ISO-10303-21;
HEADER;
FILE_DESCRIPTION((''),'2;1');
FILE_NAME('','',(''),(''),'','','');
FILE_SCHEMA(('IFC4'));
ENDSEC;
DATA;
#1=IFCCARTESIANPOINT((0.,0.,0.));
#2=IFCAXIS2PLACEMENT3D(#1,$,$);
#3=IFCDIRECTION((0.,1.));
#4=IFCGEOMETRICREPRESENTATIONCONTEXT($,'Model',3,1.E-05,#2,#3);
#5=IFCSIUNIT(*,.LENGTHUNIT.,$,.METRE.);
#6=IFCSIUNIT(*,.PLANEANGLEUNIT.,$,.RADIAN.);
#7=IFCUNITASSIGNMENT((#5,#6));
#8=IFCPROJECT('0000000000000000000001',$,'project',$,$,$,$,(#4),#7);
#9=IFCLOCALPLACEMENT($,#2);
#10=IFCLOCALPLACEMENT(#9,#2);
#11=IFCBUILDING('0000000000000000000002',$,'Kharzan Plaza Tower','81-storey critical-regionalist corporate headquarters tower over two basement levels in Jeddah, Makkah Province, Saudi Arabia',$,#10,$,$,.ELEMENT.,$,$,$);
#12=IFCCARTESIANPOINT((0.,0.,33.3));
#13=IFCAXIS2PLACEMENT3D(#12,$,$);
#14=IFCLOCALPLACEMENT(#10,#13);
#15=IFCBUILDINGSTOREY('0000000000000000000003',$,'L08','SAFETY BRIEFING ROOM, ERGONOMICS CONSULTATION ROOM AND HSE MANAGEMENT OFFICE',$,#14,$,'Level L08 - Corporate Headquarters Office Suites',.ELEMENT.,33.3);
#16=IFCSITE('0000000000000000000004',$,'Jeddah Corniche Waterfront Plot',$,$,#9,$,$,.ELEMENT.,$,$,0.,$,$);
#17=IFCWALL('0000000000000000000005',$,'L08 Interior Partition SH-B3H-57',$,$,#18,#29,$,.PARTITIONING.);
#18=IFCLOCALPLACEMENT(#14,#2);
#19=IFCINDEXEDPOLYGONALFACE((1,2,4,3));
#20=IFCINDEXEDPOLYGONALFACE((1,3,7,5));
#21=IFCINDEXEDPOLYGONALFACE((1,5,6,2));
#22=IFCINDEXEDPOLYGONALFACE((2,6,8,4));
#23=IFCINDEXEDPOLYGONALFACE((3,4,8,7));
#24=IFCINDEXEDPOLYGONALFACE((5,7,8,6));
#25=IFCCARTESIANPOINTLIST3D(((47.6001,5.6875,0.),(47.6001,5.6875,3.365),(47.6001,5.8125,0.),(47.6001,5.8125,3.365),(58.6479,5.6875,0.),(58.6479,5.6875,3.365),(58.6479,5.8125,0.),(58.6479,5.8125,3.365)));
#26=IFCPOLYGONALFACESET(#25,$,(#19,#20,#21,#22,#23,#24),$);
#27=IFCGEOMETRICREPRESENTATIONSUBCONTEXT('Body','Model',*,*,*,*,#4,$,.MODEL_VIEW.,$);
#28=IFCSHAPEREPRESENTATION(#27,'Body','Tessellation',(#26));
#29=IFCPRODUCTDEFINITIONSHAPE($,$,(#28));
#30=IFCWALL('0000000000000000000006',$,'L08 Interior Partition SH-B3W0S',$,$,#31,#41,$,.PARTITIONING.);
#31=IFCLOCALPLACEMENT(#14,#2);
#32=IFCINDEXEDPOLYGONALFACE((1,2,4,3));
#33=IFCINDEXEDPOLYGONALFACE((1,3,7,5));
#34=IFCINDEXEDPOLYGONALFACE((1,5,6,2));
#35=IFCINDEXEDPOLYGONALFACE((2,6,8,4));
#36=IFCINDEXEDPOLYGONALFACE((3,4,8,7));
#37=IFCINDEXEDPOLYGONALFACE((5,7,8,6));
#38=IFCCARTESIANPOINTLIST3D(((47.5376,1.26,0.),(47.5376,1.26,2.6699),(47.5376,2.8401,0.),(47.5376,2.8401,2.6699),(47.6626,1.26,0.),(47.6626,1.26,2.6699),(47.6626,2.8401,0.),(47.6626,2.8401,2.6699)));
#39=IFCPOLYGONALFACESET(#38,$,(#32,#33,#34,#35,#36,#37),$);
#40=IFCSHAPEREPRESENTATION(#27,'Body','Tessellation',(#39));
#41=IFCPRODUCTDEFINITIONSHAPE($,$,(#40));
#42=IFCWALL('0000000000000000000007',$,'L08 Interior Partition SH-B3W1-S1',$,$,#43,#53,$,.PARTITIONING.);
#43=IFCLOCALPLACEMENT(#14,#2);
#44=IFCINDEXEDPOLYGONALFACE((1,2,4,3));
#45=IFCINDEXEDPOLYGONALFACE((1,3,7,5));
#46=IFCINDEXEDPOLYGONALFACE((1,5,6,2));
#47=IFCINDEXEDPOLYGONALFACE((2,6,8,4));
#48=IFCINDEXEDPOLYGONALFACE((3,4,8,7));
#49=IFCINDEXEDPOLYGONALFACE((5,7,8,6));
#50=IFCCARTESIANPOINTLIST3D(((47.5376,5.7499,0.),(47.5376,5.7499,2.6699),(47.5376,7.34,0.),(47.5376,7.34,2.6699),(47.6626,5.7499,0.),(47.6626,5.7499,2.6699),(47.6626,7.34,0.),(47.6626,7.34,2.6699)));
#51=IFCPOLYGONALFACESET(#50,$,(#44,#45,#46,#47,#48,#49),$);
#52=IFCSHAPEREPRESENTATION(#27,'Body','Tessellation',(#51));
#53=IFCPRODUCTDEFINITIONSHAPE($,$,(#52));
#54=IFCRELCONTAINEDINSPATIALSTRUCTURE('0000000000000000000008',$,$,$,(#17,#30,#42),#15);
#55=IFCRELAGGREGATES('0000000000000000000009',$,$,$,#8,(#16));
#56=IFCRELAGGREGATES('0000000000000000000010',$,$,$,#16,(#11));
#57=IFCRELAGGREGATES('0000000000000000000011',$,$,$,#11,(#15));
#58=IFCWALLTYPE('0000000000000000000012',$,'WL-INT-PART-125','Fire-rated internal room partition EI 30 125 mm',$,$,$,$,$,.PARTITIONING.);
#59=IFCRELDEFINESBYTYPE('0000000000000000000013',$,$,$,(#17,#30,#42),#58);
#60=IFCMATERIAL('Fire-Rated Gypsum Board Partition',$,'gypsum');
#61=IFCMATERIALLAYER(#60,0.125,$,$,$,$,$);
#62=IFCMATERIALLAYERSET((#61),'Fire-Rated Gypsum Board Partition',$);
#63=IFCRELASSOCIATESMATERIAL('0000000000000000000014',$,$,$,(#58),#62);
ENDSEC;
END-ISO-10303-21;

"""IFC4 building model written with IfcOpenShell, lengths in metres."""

from ifc_helpers import new_model, si_unit, direction, frame, frame_2d, origin, place, context, subcontext, project, spatial, rectangle, extrude, source, transform, mapped, material, layer, layer_set, type_object, element, save


model = new_model("IFC4")

# Units and contexts
model_context = context("Model", 3, precision=1e-05, world=origin(), true_north=direction((0.0, 1.0)))
body_context = subcontext(model_context, "Body", "Model", "MODEL_VIEW")
ifc_project = project(units=[si_unit("LENGTHUNIT", "METRE"), si_unit("PLANEANGLEUNIT", "RADIAN")], contexts=[model_context])

# Site, building, storey
site_placement = place(None, origin())
site = spatial("IfcSite", under=ifc_project, at=site_placement, Name="Jeddah Corniche Waterfront Plot", CompositionType="ELEMENT", RefElevation=0.0)
building_placement = place(site_placement, origin())
building = spatial("IfcBuilding", under=site, at=building_placement, Name="Kharzan Plaza Tower", Description="81-storey critical-regionalist corporate headquarters tower over two basement levels in Jeddah, Makkah Province, Saudi Arabia", CompositionType="ELEMENT")
storey_placement = place(building_placement, frame((0.0, 0.0, 33.3)))
storey = spatial("IfcBuildingStorey", under=building, at=storey_placement, Name="L08", Description="SAFETY BRIEFING ROOM, ERGONOMICS CONSULTATION ROOM AND HSE MANAGEMENT OFFICE", LongName="Level L08 - Corporate Headquarters Office Suites", CompositionType="ELEMENT", Elevation=33.3)

# Shared definitions
ifc_material_1 = material(Name="Fire-Rated Gypsum Board Partition", Category="gypsum")
ifc_layer_1 = layer(ifc_material_1, 0.125)
ifc_layer_set_1 = layer_set([ifc_layer_1], Name="Fire-Rated Gypsum Board Partition")
wall_type_1 = type_object("IfcWallType", Name="WL-INT-PART-125", Description="Fire-rated internal room partition EI 30 125 mm", PredefinedType="PARTITIONING", material=ifc_layer_set_1)

# Walls
shared_shape_1 = source(origin(), body_context, "Body", "SweptSolid", [
    extrude(rectangle(XDim=11.0479, YDim=0.125, at=frame_2d((5.5239, 0.0))), origin(), (0.0, 0.0, 1.0), 3.365),
])
wall_1_placement = place(storey_placement, frame((47.6001, 5.75, 0.0), z_axis=(0.0, 0.0, 1.0), x_axis=(1.0, 0.0, 0.0)))
element("IfcWall", 1, at=wall_1_placement, inside=storey, type_object=wall_type_1, Name="L08 Interior Partition SH-B3H-57", PredefinedType="PARTITIONING", context=body_context, shape_type="MappedRepresentation", body=[
    mapped(shared_shape_1, transform((0.0, 0.0, 0.0), x_axis=(1.0, 0.0, 0.0), y_axis=(0.0, 1.0, 0.0), z_axis=(0.0, 0.0, 1.0))),
])
shared_shape_2 = source(origin(), body_context, "Body", "SweptSolid", [
    extrude(rectangle(XDim=1.5801, YDim=0.125, at=frame_2d((0.79, 0.0))), origin(), (0.0, 0.0, 1.0), 2.6699),
])
wall_2_placement = place(storey_placement, frame((47.6001, 1.26, 0.0), z_axis=(0.0, 0.0, 1.0), x_axis=(0.0, 1.0, 0.0)))
element("IfcWall", 2, at=wall_2_placement, inside=storey, type_object=wall_type_1, Name="L08 Interior Partition SH-B3W0S", PredefinedType="PARTITIONING", context=body_context, shape_type="MappedRepresentation", body=[
    mapped(shared_shape_2, transform((0.0, 0.0, 0.0), x_axis=(1.0, 0.0, 0.0), y_axis=(0.0, 1.0, 0.0), z_axis=(0.0, 0.0, 1.0))),
])
shared_shape_3 = source(origin(), body_context, "Body", "SweptSolid", [
    extrude(rectangle(XDim=1.5901, YDim=0.125, at=frame_2d((0.7949, 0.0))), origin(), (0.0, 0.0, 1.0), 2.6699),
])
wall_3_placement = place(storey_placement, frame((47.6001, 5.75, 0.0), z_axis=(0.0, 0.0, 1.0), x_axis=(0.0, 1.0, 0.0)))
element("IfcWall", 3, at=wall_3_placement, inside=storey, type_object=wall_type_1, Name="L08 Interior Partition SH-B3W1-S1", PredefinedType="PARTITIONING", context=body_context, shape_type="MappedRepresentation", body=[
    mapped(shared_shape_3, transform((0.0, 0.0, 0.0), x_axis=(1.0, 0.0, 0.0), y_axis=(0.0, 1.0, 0.0), z_axis=(0.0, 0.0, 1.0))),
])

save(model, "model.ifc")
